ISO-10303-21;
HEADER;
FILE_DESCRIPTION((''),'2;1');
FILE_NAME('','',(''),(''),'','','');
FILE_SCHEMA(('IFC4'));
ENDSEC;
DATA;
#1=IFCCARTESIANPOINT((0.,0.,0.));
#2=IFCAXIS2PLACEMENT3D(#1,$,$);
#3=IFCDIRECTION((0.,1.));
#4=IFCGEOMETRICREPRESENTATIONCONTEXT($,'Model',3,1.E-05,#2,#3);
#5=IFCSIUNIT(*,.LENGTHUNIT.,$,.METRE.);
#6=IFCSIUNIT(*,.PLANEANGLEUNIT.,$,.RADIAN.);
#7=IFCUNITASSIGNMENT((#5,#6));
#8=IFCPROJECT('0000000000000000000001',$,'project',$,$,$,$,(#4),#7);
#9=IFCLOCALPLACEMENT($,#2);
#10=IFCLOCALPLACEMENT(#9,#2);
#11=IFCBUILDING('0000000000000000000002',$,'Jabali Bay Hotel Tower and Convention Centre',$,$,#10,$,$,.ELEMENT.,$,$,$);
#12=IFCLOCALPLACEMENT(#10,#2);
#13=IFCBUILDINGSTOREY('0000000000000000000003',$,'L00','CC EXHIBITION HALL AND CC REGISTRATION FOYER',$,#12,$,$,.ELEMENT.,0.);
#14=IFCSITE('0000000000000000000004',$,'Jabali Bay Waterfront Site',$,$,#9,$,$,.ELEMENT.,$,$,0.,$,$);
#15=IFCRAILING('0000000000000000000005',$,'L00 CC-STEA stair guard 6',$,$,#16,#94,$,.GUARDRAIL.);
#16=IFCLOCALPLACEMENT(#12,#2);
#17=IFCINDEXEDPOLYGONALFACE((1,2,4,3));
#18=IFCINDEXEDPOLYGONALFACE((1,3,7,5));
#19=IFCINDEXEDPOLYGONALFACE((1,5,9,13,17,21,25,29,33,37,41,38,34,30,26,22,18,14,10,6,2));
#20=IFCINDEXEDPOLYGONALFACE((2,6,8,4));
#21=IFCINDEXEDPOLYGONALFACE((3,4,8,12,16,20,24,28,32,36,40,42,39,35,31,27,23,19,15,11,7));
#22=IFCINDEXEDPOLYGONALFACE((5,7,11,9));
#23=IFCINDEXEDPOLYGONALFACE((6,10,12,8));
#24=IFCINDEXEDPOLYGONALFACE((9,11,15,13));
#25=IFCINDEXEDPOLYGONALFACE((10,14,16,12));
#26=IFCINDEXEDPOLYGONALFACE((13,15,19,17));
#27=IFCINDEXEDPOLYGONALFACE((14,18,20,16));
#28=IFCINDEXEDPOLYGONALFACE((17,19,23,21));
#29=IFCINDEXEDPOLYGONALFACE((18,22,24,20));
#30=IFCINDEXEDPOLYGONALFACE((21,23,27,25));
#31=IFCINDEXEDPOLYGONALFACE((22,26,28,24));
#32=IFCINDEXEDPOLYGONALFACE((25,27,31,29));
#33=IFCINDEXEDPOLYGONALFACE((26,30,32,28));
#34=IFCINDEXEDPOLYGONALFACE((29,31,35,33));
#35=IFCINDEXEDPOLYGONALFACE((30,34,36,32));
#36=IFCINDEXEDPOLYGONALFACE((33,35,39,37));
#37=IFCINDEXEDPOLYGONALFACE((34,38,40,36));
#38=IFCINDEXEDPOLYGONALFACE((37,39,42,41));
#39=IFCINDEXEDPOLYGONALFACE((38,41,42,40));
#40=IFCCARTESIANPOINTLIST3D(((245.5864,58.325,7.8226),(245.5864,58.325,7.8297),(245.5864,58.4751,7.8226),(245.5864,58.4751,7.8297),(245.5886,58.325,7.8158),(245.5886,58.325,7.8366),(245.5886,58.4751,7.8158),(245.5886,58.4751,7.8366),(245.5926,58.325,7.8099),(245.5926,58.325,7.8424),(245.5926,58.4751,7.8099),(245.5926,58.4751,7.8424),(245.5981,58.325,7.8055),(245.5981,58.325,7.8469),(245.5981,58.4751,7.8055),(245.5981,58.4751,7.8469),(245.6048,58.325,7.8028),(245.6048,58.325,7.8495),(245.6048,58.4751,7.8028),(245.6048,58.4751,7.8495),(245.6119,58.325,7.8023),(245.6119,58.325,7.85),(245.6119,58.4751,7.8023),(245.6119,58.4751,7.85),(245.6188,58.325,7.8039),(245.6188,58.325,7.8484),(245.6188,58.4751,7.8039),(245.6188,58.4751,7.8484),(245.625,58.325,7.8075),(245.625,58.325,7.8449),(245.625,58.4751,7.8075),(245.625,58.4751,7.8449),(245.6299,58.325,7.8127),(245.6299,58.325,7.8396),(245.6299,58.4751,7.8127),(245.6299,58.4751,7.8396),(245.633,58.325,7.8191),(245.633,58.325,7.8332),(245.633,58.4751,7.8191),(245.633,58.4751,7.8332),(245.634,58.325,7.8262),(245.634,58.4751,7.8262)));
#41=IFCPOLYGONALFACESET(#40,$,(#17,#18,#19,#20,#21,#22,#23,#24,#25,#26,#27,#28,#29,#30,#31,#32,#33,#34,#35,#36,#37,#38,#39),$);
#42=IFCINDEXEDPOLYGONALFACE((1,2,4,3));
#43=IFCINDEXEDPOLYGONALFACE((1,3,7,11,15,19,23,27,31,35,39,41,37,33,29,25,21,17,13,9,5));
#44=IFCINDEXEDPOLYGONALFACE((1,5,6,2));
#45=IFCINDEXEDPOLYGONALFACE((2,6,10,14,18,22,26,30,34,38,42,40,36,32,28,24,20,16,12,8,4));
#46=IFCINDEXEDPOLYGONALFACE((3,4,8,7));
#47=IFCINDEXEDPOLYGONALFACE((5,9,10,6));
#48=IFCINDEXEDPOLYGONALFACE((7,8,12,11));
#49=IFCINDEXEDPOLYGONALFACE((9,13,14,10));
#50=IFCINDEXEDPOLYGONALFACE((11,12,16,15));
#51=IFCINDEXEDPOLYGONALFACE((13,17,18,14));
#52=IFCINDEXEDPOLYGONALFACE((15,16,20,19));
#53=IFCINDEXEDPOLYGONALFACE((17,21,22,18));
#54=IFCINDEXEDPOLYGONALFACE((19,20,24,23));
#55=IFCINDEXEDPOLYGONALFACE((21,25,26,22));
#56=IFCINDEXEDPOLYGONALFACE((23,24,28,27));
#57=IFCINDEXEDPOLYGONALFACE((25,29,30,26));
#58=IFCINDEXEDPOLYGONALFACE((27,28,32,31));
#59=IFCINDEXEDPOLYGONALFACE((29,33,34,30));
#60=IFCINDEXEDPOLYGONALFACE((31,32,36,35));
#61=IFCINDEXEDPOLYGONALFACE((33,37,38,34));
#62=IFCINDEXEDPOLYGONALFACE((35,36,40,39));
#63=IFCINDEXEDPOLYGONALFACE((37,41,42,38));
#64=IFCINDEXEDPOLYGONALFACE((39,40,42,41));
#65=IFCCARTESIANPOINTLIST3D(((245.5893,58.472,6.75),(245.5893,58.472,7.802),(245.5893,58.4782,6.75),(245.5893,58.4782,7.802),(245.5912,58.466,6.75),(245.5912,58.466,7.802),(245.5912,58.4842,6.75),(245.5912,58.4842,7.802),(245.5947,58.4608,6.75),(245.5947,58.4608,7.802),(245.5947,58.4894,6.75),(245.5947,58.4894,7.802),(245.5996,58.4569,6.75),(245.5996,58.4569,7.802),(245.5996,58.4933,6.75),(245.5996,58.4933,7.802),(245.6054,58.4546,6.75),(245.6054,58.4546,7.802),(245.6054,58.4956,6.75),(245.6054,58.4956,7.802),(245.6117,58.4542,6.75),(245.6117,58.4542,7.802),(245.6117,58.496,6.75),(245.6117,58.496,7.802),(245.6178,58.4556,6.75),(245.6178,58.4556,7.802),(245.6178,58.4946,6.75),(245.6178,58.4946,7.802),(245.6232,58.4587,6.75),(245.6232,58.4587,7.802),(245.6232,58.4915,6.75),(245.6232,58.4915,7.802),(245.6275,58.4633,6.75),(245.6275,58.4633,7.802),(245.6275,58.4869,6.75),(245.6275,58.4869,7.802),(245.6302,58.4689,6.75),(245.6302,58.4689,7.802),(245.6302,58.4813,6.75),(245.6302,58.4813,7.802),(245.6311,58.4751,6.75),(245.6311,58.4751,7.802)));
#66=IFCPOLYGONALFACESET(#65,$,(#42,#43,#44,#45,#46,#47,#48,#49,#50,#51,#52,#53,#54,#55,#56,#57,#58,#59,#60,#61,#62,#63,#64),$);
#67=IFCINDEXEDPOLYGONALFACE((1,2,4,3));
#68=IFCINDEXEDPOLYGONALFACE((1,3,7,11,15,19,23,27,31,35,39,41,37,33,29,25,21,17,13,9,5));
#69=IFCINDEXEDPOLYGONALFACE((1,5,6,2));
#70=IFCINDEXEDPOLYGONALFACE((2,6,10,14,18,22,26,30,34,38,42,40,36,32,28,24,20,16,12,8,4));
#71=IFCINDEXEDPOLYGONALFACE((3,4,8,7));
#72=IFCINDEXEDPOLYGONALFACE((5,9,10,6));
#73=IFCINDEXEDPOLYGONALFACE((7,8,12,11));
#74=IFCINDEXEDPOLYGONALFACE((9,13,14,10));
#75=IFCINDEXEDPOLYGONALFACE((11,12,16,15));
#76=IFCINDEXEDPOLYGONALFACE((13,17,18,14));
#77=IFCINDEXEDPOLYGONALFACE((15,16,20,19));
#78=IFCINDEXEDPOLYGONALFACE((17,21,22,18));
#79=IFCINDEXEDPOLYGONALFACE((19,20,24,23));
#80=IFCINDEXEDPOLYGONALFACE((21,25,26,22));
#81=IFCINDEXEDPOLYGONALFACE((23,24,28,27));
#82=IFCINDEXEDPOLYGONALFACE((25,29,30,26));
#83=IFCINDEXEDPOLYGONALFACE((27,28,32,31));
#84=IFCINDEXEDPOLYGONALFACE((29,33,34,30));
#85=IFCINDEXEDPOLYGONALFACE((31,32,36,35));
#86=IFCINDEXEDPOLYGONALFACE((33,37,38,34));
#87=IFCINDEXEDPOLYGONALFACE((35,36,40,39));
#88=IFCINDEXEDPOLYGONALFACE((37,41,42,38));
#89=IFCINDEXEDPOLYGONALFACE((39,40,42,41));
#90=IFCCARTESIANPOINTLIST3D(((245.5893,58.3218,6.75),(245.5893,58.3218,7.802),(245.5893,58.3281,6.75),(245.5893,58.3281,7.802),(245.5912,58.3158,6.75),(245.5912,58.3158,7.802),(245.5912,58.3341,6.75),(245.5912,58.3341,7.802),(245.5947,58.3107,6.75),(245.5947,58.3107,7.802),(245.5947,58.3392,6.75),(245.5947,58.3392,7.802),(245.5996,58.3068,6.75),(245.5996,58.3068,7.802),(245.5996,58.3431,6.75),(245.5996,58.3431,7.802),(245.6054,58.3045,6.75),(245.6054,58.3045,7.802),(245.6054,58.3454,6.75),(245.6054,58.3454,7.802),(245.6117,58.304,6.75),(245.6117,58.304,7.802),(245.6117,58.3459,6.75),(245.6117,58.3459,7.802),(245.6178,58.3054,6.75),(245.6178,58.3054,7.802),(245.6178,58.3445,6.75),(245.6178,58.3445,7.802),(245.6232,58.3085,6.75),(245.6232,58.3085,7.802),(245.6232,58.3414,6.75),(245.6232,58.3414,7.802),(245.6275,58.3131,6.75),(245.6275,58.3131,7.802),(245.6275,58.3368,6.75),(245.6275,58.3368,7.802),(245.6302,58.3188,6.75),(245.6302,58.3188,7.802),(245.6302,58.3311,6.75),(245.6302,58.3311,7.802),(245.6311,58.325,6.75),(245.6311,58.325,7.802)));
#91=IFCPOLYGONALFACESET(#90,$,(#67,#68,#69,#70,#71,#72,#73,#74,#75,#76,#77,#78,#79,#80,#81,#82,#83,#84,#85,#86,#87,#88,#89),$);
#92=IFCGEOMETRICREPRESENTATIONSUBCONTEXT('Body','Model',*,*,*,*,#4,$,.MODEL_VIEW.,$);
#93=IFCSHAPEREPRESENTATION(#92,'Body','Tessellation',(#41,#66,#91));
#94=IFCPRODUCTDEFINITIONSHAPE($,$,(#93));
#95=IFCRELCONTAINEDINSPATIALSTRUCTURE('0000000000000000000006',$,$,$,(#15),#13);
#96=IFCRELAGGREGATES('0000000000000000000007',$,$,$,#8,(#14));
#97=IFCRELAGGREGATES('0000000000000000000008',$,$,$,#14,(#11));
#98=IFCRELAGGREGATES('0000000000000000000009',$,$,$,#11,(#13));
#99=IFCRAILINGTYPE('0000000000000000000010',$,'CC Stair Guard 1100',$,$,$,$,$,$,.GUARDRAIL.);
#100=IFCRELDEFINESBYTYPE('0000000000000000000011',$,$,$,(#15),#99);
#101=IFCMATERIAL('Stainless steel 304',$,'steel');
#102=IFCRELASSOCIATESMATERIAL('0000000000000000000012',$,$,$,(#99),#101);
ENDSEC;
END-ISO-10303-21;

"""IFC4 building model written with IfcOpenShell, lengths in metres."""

from ifc_helpers import new_model, si_unit, direction, frame, origin, origin_2d, place, context, subcontext, project, spatial, circle, extrude, material, type_object, element, save


model = new_model("IFC4")

# Units and contexts
model_context = context("Model", 3, precision=1e-05, world=origin(), true_north=direction((0.0, 1.0)))
body_context = subcontext(model_context, "Body", "Model", "MODEL_VIEW")
ifc_project = project(units=[si_unit("LENGTHUNIT", "METRE"), si_unit("PLANEANGLEUNIT", "RADIAN")], contexts=[model_context])

# Site, building, storey
site_placement = place(None, origin())
site = spatial("IfcSite", under=ifc_project, at=site_placement, Name="Jabali Bay Waterfront Site", CompositionType="ELEMENT", RefElevation=0.0)
building_placement = place(site_placement, origin())
building = spatial("IfcBuilding", under=site, at=building_placement, Name="Jabali Bay Hotel Tower and Convention Centre", CompositionType="ELEMENT")
storey_placement = place(building_placement, origin())
storey = spatial("IfcBuildingStorey", under=building, at=storey_placement, Name="L00", Description="CC EXHIBITION HALL AND CC REGISTRATION FOYER", CompositionType="ELEMENT", Elevation=0.0)

# Railing
ifc_material_1 = material(Name="Stainless steel 304", Category="steel")
railing_type_1 = type_object("IfcRailingType", Name="CC Stair Guard 1100", PredefinedType="GUARDRAIL", material=ifc_material_1)
railing_1_placement = place(storey_placement, frame((245.6101, 58.4751, 6.75)))
element("IfcRailing", 1, at=railing_1_placement, inside=storey, type_object=railing_type_1, Name="L00 CC-STEA stair guard 6", PredefinedType="GUARDRAIL", context=body_context, shape_type="SweptSolid", body=[
    extrude(circle(Radius=0.0239, at=origin_2d()), frame((0.0, 0.0, 1.0762), z_axis=(0.0, -1.0, 0.0), x_axis=(1.0, 0.0, 0.0)), (0.0, 0.0, 1.0), 0.1501),
    extrude(circle(Radius=0.021, at=origin_2d()), origin(), (0.0, 0.0, 1.0), 1.052),
    extrude(circle(Radius=0.021, at=origin_2d()), frame((0.0, -0.1501, 0.0)), (0.0, 0.0, 1.0), 1.052),
])

save(model, "model.ifc")
